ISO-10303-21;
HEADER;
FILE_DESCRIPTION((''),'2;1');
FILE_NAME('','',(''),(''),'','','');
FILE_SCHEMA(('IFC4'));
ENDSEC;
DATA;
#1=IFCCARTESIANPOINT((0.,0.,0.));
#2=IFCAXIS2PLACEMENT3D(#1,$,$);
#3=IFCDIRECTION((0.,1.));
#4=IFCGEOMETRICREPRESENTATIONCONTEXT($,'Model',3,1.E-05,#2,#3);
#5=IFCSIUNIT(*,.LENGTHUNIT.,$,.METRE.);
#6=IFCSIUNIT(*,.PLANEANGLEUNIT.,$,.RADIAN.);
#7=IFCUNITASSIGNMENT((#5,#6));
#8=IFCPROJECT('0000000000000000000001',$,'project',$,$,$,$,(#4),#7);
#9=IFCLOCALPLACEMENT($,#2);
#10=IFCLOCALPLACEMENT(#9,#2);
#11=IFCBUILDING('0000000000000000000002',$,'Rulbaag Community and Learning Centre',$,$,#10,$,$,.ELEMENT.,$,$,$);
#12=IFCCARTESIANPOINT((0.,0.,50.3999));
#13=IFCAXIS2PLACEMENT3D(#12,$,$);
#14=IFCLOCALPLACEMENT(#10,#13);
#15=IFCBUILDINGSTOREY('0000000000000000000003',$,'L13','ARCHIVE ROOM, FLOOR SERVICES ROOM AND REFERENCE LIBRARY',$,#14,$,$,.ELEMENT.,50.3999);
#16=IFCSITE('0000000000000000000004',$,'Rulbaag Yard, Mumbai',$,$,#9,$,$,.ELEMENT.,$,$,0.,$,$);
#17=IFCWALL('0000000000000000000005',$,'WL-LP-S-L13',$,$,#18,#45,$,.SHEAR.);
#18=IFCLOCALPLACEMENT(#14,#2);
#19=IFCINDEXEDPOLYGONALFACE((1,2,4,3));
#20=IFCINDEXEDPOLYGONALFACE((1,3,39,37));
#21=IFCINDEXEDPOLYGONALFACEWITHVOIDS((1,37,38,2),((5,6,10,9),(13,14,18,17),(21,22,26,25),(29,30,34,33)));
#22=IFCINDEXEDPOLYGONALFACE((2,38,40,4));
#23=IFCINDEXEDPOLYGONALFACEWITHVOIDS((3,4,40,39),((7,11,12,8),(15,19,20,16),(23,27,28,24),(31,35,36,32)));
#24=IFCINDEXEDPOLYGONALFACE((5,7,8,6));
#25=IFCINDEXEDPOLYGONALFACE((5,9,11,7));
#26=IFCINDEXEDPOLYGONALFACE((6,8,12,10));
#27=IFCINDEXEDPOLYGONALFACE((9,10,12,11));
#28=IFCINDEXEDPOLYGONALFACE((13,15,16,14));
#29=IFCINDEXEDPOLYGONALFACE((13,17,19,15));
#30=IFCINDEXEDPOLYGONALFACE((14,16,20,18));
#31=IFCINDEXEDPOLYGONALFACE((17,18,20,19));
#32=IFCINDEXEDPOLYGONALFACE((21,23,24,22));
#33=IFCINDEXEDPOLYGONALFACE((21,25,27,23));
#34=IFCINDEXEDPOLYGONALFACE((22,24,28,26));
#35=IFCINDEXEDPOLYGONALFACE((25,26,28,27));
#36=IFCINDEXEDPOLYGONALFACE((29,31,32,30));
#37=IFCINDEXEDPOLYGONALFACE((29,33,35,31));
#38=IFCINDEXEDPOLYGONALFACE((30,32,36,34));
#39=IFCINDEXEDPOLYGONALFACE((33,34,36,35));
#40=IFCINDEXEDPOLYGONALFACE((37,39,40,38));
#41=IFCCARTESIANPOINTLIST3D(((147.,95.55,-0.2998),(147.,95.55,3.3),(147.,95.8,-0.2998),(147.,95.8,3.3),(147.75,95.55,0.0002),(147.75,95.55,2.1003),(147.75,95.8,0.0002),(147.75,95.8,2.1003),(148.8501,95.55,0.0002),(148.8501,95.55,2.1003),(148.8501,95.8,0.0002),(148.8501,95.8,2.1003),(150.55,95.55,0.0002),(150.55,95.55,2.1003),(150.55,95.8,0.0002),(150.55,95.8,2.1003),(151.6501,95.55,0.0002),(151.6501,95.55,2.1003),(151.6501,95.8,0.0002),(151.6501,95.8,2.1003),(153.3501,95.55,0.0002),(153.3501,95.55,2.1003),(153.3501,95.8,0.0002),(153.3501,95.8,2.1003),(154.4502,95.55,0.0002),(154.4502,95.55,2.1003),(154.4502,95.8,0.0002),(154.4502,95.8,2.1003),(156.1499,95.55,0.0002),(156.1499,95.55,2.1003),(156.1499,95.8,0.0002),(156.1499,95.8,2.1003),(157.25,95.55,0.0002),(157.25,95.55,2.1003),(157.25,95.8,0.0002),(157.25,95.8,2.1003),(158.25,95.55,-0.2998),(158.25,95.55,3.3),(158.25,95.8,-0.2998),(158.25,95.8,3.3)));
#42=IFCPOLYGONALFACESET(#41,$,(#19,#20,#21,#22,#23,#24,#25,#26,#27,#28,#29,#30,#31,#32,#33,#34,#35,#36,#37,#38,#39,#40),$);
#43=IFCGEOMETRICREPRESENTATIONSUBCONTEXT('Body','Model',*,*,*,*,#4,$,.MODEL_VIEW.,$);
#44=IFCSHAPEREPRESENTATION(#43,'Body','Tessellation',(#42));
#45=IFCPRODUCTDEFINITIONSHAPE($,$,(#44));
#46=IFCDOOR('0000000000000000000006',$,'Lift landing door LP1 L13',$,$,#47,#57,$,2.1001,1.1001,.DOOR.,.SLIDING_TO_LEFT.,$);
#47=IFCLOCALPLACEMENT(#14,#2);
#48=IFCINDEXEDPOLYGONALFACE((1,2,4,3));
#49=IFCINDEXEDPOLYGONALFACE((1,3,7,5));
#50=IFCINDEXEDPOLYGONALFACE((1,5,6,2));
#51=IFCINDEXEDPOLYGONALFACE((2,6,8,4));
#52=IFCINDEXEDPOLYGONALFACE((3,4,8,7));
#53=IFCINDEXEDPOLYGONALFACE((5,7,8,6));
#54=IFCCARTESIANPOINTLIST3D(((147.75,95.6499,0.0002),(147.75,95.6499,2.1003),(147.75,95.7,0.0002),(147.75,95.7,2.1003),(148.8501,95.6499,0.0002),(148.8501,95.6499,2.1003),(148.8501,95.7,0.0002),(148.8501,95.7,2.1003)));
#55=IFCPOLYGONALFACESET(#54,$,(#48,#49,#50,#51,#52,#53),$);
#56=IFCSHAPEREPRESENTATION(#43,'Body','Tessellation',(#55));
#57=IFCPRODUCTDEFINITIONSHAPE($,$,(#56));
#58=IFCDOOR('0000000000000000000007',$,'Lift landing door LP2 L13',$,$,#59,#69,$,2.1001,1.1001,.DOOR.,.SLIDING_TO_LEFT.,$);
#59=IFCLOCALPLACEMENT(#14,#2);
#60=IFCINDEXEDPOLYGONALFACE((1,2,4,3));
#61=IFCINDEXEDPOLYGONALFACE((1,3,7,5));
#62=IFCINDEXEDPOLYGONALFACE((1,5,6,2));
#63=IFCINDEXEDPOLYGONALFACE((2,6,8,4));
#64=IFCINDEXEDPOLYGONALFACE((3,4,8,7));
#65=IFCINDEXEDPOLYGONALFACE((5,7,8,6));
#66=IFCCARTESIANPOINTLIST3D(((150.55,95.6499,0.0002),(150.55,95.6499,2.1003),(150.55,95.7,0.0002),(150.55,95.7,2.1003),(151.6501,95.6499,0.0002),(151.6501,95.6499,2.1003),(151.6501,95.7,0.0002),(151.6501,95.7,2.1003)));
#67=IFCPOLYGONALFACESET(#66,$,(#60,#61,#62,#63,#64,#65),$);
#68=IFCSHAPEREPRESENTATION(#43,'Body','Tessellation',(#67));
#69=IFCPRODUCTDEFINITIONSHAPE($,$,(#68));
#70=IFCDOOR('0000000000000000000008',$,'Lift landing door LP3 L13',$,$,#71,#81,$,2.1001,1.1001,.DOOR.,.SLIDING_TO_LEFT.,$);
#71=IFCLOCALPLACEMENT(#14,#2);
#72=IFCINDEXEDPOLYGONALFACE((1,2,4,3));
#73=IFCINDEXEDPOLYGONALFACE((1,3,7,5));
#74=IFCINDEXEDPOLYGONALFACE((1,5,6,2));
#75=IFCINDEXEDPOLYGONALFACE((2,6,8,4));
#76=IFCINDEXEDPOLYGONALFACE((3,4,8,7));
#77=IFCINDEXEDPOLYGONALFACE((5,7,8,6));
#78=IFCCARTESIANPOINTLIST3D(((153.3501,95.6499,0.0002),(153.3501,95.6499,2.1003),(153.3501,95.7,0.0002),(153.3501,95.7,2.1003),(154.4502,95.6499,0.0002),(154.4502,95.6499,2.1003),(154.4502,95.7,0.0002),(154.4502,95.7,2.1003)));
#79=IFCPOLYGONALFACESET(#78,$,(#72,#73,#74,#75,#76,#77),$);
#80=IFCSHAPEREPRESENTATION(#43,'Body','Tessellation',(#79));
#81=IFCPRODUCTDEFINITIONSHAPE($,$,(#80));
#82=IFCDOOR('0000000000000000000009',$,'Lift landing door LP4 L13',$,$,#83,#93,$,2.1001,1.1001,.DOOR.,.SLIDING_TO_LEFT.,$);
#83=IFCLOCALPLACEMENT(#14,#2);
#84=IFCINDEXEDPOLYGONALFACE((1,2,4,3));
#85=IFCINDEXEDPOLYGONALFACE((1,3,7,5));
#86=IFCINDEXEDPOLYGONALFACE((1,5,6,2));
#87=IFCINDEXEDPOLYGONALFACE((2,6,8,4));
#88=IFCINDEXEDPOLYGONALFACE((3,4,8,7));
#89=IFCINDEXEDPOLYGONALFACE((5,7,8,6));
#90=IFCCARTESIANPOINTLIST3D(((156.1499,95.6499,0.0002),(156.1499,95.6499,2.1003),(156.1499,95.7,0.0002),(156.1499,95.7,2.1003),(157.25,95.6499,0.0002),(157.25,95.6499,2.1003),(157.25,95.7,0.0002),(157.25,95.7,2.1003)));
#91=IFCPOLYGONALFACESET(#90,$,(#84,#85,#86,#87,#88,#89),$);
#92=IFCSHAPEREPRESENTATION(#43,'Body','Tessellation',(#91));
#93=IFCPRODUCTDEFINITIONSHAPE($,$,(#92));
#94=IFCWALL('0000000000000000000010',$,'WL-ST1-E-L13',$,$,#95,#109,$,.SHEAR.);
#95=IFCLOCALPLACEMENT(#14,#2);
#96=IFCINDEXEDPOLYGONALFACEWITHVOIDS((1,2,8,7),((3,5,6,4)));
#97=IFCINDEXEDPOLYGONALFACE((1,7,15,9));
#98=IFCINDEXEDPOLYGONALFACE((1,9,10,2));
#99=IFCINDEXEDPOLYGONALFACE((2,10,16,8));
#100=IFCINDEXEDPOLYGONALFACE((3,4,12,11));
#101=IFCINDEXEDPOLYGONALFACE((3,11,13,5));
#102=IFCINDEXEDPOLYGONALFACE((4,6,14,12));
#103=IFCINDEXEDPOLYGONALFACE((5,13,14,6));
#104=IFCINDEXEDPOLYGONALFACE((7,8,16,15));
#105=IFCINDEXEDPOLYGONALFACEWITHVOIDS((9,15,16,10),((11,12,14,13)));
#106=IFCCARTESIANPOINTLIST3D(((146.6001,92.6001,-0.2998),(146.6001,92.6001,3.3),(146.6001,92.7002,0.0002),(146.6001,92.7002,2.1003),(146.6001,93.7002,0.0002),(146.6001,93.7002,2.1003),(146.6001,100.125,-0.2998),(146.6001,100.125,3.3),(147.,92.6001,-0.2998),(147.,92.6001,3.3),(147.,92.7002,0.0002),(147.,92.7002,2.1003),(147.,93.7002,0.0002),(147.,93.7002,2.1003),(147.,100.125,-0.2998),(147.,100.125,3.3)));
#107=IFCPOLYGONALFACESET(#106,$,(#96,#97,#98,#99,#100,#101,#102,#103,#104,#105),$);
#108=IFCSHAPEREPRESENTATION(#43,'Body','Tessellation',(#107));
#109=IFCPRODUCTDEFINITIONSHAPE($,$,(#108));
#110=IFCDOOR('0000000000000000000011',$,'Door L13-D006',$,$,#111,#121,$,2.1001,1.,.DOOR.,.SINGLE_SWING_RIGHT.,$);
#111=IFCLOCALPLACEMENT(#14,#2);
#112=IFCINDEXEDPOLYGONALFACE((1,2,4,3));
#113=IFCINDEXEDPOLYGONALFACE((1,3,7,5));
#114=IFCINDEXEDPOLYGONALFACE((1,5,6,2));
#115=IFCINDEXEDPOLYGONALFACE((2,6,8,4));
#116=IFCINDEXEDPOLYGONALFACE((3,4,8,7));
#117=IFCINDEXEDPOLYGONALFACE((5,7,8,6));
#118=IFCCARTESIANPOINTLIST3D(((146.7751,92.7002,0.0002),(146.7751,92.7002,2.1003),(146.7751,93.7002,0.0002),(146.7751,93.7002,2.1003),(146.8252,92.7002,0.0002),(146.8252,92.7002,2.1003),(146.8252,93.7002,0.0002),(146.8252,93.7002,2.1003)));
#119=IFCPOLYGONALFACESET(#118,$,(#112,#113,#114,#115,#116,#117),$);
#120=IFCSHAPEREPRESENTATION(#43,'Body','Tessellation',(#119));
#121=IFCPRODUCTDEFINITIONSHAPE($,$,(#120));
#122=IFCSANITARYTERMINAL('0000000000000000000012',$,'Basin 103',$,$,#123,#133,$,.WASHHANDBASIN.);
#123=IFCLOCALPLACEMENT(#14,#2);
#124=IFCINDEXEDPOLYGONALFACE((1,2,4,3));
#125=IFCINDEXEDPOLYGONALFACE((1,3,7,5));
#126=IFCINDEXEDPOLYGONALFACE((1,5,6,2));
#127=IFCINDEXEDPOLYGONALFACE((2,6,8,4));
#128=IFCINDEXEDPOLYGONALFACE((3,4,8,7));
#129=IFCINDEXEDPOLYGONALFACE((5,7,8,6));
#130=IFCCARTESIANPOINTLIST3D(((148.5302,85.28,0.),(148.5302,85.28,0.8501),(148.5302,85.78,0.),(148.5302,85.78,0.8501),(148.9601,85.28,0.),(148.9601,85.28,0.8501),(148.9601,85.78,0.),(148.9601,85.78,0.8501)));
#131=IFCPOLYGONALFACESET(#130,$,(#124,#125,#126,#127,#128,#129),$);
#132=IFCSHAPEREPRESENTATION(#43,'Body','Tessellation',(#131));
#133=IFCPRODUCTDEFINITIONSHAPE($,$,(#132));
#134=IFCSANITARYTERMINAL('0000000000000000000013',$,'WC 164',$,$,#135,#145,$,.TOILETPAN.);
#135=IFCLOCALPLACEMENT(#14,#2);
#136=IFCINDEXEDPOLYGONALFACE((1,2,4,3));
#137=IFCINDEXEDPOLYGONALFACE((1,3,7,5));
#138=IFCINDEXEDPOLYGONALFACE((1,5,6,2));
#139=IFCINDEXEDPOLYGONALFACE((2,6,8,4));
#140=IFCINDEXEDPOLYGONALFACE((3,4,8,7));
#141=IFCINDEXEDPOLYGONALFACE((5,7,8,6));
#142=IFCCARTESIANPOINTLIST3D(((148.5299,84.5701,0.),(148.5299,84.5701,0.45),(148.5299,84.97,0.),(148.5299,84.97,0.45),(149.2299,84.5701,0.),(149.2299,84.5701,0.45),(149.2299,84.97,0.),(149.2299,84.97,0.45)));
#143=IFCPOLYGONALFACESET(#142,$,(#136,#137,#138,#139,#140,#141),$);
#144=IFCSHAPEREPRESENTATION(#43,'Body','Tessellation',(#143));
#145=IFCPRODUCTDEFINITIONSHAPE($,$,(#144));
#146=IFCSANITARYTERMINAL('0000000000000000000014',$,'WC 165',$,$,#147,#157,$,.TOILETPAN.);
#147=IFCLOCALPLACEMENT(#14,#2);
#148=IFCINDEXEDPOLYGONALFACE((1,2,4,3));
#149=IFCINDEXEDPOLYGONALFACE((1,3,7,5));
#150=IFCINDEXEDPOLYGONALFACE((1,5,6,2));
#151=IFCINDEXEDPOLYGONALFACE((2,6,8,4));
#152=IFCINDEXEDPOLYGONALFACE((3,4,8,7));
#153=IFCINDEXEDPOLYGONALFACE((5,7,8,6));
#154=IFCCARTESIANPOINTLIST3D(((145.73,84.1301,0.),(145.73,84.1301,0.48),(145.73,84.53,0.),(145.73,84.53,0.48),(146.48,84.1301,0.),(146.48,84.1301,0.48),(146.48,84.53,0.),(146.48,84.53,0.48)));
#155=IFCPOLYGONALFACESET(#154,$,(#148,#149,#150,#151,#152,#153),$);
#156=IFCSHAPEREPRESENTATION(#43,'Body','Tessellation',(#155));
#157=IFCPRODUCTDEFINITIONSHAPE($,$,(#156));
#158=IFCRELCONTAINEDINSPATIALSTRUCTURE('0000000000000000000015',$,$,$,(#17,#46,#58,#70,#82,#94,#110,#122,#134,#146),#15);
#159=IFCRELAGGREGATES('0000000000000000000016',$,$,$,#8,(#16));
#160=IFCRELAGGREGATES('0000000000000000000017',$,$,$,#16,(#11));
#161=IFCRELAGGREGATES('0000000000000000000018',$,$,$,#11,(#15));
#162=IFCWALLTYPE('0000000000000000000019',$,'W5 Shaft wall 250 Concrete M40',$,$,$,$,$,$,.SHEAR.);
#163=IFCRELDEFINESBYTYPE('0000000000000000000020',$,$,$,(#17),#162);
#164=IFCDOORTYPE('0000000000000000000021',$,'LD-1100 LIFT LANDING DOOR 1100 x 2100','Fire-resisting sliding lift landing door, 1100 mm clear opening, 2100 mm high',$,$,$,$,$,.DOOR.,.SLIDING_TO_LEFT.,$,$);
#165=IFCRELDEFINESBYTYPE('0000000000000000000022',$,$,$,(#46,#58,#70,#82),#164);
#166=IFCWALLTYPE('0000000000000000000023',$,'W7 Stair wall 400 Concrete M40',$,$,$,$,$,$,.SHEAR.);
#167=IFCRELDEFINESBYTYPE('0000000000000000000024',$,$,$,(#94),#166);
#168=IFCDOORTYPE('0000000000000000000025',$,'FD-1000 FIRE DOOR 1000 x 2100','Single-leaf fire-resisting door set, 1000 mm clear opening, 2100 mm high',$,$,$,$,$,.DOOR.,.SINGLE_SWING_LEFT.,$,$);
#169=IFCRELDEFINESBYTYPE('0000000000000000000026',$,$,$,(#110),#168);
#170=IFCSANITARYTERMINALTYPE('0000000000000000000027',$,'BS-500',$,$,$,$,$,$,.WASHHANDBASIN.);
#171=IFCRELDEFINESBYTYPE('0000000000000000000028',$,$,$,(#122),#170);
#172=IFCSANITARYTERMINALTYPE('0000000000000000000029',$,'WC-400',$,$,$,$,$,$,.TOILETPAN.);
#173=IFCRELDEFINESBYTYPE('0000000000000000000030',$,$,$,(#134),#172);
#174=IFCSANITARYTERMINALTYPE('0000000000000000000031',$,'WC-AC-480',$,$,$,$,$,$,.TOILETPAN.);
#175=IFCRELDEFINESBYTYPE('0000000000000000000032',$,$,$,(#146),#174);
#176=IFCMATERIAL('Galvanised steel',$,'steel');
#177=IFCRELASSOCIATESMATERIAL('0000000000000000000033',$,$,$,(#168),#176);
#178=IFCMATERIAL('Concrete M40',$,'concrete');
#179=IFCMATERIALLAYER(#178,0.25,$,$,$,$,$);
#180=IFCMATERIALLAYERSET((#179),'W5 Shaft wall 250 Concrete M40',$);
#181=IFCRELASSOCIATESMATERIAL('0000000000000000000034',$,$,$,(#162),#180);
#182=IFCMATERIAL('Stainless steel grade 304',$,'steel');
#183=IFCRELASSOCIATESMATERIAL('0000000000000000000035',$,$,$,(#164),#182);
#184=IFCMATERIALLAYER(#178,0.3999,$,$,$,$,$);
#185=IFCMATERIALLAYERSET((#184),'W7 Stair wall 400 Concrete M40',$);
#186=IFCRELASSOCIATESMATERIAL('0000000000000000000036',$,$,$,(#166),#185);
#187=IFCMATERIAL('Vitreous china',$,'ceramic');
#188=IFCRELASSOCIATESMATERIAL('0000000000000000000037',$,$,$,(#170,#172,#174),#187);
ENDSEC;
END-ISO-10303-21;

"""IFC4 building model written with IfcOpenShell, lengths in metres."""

from ifc_helpers import new_model, si_unit, direction, frame, frame_2d, origin, origin_2d, place, context, subcontext, project, spatial, rectangle, extrude, material, layer, layer_set, type_object, element, fill, save


model = new_model("IFC4")

# Units and contexts
model_context = context("Model", 3, precision=1e-05, world=origin(), true_north=direction((0.0, 1.0)))
body_context = subcontext(model_context, "Body", "Model", "MODEL_VIEW")
ifc_project = project(units=[si_unit("LENGTHUNIT", "METRE"), si_unit("PLANEANGLEUNIT", "RADIAN")], contexts=[model_context])

# Site, building, storey
site_placement = place(None, origin())
site = spatial("IfcSite", under=ifc_project, at=site_placement, Name="Rulbaag Yard, Mumbai", CompositionType="ELEMENT", RefElevation=0.0)
building_placement = place(site_placement, origin())
building = spatial("IfcBuilding", under=site, at=building_placement, Name="Rulbaag Community and Learning Centre", CompositionType="ELEMENT")
storey_placement = place(building_placement, frame((0.0, 0.0, 50.3999)))
storey = spatial("IfcBuildingStorey", under=building, at=storey_placement, Name="L13", Description="ARCHIVE ROOM, FLOOR SERVICES ROOM AND REFERENCE LIBRARY", CompositionType="ELEMENT", Elevation=50.3999)

# Shared definitions
ifc_material_1 = material(Name="Concrete M40", Category="concrete")

# Shared definitions
ifc_material_2 = material(Name="Galvanised steel", Category="steel")
door_type_1 = type_object("IfcDoorType", Name="FD-1000 FIRE DOOR 1000 x 2100", Description="Single-leaf fire-resisting door set, 1000 mm clear opening, 2100 mm high", OperationType="SINGLE_SWING_LEFT", PredefinedType="DOOR", material=ifc_material_2)

# Wall, openings, doors
ifc_layer_1 = layer(ifc_material_1, 0.25)
ifc_layer_set_1 = layer_set([ifc_layer_1], Name="W5 Shaft wall 250 Concrete M40")
wall_type_1 = type_object("IfcWallType", Name="W5 Shaft wall 250 Concrete M40", PredefinedType="SHEAR", material=ifc_layer_set_1)
wall_1_placement = place(storey_placement, frame((147.0, 95.675, -0.2998), z_axis=(0.0, 0.0, 1.0), x_axis=(1.0, 0.0, 0.0)))
wall_1 = element("IfcWall", 1, at=wall_1_placement, inside=storey, type_object=wall_type_1, Name="WL-LP-S-L13", PredefinedType="SHEAR", context=body_context, shape_type="SweptSolid", body=[
    extrude(rectangle(XDim=11.25, YDim=0.25, at=frame_2d((5.625, 0.0))), origin(), (0.0, 0.0, 1.0), 3.5999),
])
opening_1_placement = place(wall_1_placement, frame((0.75, 0.0, 0.3)))
opening_1 = element("IfcOpeningElement", 2, at=opening_1_placement, cuts=wall_1, PredefinedType="OPENING", context=body_context, shape_type="SweptSolid", body=[
    extrude(rectangle(XDim=1.1001, YDim=2.1001, at=frame_2d((0.55, 1.05))), frame((0.0, 0.135, 0.0), z_axis=(0.0, -1.0, 0.0), x_axis=(1.0, 0.0, 0.0)), (0.0, 0.0, 1.0), 0.27),
])
opening_2_placement = place(wall_1_placement, frame((3.55, 0.0, 0.3)))
opening_2 = element("IfcOpeningElement", 3, at=opening_2_placement, cuts=wall_1, PredefinedType="OPENING", context=body_context, shape_type="SweptSolid", body=[
    extrude(rectangle(XDim=1.1001, YDim=2.1001, at=frame_2d((0.55, 1.05))), frame((0.0, 0.135, 0.0), z_axis=(0.0, -1.0, 0.0), x_axis=(1.0, 0.0, 0.0)), (0.0, 0.0, 1.0), 0.27),
])
opening_3_placement = place(wall_1_placement, frame((6.3501, 0.0, 0.3)))
opening_3 = element("IfcOpeningElement", 4, at=opening_3_placement, cuts=wall_1, PredefinedType="OPENING", context=body_context, shape_type="SweptSolid", body=[
    extrude(rectangle(XDim=1.1001, YDim=2.1001, at=frame_2d((0.55, 1.05))), frame((0.0, 0.135, 0.0), z_axis=(0.0, -1.0, 0.0), x_axis=(1.0, 0.0, 0.0)), (0.0, 0.0, 1.0), 0.27),
])
opening_4_placement = place(wall_1_placement, frame((9.1499, 0.0, 0.3)))
opening_4 = element("IfcOpeningElement", 5, at=opening_4_placement, cuts=wall_1, PredefinedType="OPENING", context=body_context, shape_type="SweptSolid", body=[
    extrude(rectangle(XDim=1.1001, YDim=2.1001, at=frame_2d((0.55, 1.05))), frame((0.0, 0.135, 0.0), z_axis=(0.0, -1.0, 0.0), x_axis=(1.0, 0.0, 0.0)), (0.0, 0.0, 1.0), 0.27),
])
ifc_material_3 = material(Name="Stainless steel grade 304", Category="steel")
door_type_2 = type_object("IfcDoorType", Name="LD-1100 LIFT LANDING DOOR 1100 x 2100", Description="Fire-resisting sliding lift landing door, 1100 mm clear opening, 2100 mm high", OperationType="SLIDING_TO_LEFT", PredefinedType="DOOR", material=ifc_material_3)
door_1_placement = place(opening_1_placement, origin())
door_1 = element("IfcDoor", 6, at=door_1_placement, inside=storey, type_object=door_type_2, Name="Lift landing door LP1 L13", OperationType="SLIDING_TO_LEFT", OverallHeight=2.1001, OverallWidth=1.1001, PredefinedType="DOOR", context=body_context, shape_type="SweptSolid", body=[
    extrude(rectangle(XDim=1.1001, YDim=2.1001, at=frame_2d((0.55, 1.05))), frame((0.0, 0.0249, 0.0), z_axis=(0.0, -1.0, 0.0), x_axis=(1.0, 0.0, 0.0)), (0.0, 0.0, 1.0), 0.05),
])
fill(opening_1, door_1)
door_2_placement = place(opening_2_placement, origin())
door_2 = element("IfcDoor", 7, at=door_2_placement, inside=storey, type_object=door_type_2, Name="Lift landing door LP2 L13", OperationType="SLIDING_TO_LEFT", OverallHeight=2.1001, OverallWidth=1.1001, PredefinedType="DOOR", context=body_context, shape_type="SweptSolid", body=[
    extrude(rectangle(XDim=1.1001, YDim=2.1001, at=frame_2d((0.55, 1.05))), frame((0.0, 0.0249, 0.0), z_axis=(0.0, -1.0, 0.0), x_axis=(1.0, 0.0, 0.0)), (0.0, 0.0, 1.0), 0.05),
])
fill(opening_2, door_2)
door_3_placement = place(opening_3_placement, origin())
door_3 = element("IfcDoor", 8, at=door_3_placement, inside=storey, type_object=door_type_2, Name="Lift landing door LP3 L13", OperationType="SLIDING_TO_LEFT", OverallHeight=2.1001, OverallWidth=1.1001, PredefinedType="DOOR", context=body_context, shape_type="SweptSolid", body=[
    extrude(rectangle(XDim=1.1001, YDim=2.1001, at=frame_2d((0.55, 1.05))), frame((0.0, 0.0249, 0.0), z_axis=(0.0, -1.0, 0.0), x_axis=(1.0, 0.0, 0.0)), (0.0, 0.0, 1.0), 0.05),
])
fill(opening_3, door_3)
door_4_placement = place(opening_4_placement, origin())
door_4 = element("IfcDoor", 9, at=door_4_placement, inside=storey, type_object=door_type_2, Name="Lift landing door LP4 L13", OperationType="SLIDING_TO_LEFT", OverallHeight=2.1001, OverallWidth=1.1001, PredefinedType="DOOR", context=body_context, shape_type="SweptSolid", body=[
    extrude(rectangle(XDim=1.1001, YDim=2.1001, at=frame_2d((0.55, 1.05))), frame((0.0, 0.0249, 0.0), z_axis=(0.0, -1.0, 0.0), x_axis=(1.0, 0.0, 0.0)), (0.0, 0.0, 1.0), 0.05),
])
fill(opening_4, door_4)

# Wall, opening, door
ifc_layer_2 = layer(ifc_material_1, 0.3999)
ifc_layer_set_2 = layer_set([ifc_layer_2], Name="W7 Stair wall 400 Concrete M40")
wall_type_2 = type_object("IfcWallType", Name="W7 Stair wall 400 Concrete M40", PredefinedType="SHEAR", material=ifc_layer_set_2)
wall_2_placement = place(storey_placement, frame((146.8, 92.6001, -0.2998), z_axis=(0.0, 0.0, 1.0), x_axis=(0.0, 1.0, 0.0)))
wall_2 = element("IfcWall", 10, at=wall_2_placement, inside=storey, type_object=wall_type_2, Name="WL-ST1-E-L13", PredefinedType="SHEAR", context=body_context, shape_type="SweptSolid", body=[
    extrude(rectangle(XDim=7.5249, YDim=0.3999, at=frame_2d((3.7625, 0.0))), origin(), (0.0, 0.0, 1.0), 3.5999),
])
opening_5_placement = place(wall_2_placement, frame((0.1001, 0.0, 0.3)))
opening_5 = element("IfcOpeningElement", 11, at=opening_5_placement, cuts=wall_2, PredefinedType="OPENING", context=body_context, shape_type="SweptSolid", body=[
    extrude(rectangle(XDim=1.0, YDim=2.1001, at=frame_2d((0.5, 1.05))), frame((0.0, 0.21, 0.0), z_axis=(0.0, -1.0, 0.0), x_axis=(1.0, 0.0, 0.0)), (0.0, 0.0, 1.0), 0.4199),
])
door_5_placement = place(opening_5_placement, origin())
door_5 = element("IfcDoor", 12, at=door_5_placement, inside=storey, type_object=door_type_1, Name="Door L13-D006", OperationType="SINGLE_SWING_RIGHT", OverallHeight=2.1001, OverallWidth=1.0, PredefinedType="DOOR", context=body_context, shape_type="SweptSolid", body=[
    extrude(rectangle(XDim=1.0, YDim=2.1001, at=frame_2d((0.5, 1.05))), frame((0.0, 0.0249, 0.0), z_axis=(0.0, -1.0, 0.0), x_axis=(1.0, 0.0, 0.0)), (0.0, 0.0, 1.0), 0.05),
])
fill(opening_5, door_5)

# Sanitary terminals
ifc_material_4 = material(Name="Vitreous china", Category="ceramic")
sanitary_terminal_type_1 = type_object("IfcSanitaryTerminalType", Name="BS-500", PredefinedType="WASHHANDBASIN", material=ifc_material_4)
sanitary_terminal_1_placement = place(storey_placement, frame((148.7451, 85.53, 0.0), z_axis=(0.0, 0.0, 1.0), x_axis=(1.0, 0.0, 0.0)))
element("IfcSanitaryTerminal", 13, at=sanitary_terminal_1_placement, inside=storey, type_object=sanitary_terminal_type_1, Name="Basin 103", PredefinedType="WASHHANDBASIN", context=body_context, shape_type="SweptSolid", body=[
    extrude(rectangle(XDim=0.4299, YDim=0.5, at=origin_2d()), origin(), (0.0, 0.0, 1.0), 0.8501),
])
sanitary_terminal_type_2 = type_object("IfcSanitaryTerminalType", Name="WC-400", PredefinedType="TOILETPAN", material=ifc_material_4)
sanitary_terminal_2_placement = place(storey_placement, frame((148.8799, 84.77, 0.0), z_axis=(0.0, 0.0, 1.0), x_axis=(1.0, 0.0, 0.0)))
element("IfcSanitaryTerminal", 14, at=sanitary_terminal_2_placement, inside=storey, type_object=sanitary_terminal_type_2, Name="WC 164", PredefinedType="TOILETPAN", context=body_context, shape_type="SweptSolid", body=[
    extrude(rectangle(XDim=0.7, YDim=0.3999, at=origin_2d()), origin(), (0.0, 0.0, 1.0), 0.45),
])
sanitary_terminal_type_3 = type_object("IfcSanitaryTerminalType", Name="WC-AC-480", PredefinedType="TOILETPAN", material=ifc_material_4)
sanitary_terminal_3_placement = place(storey_placement, frame((146.105, 84.3301, 0.0), z_axis=(0.0, 0.0, 1.0), x_axis=(1.0, 0.0, 0.0)))
element("IfcSanitaryTerminal", 15, at=sanitary_terminal_3_placement, inside=storey, type_object=sanitary_terminal_type_3, Name="WC 165", PredefinedType="TOILETPAN", context=body_context, shape_type="SweptSolid", body=[
    extrude(rectangle(XDim=0.75, YDim=0.3999, at=origin_2d()), origin(), (0.0, 0.0, 1.0), 0.48),
])

save(model, "model.ifc")
